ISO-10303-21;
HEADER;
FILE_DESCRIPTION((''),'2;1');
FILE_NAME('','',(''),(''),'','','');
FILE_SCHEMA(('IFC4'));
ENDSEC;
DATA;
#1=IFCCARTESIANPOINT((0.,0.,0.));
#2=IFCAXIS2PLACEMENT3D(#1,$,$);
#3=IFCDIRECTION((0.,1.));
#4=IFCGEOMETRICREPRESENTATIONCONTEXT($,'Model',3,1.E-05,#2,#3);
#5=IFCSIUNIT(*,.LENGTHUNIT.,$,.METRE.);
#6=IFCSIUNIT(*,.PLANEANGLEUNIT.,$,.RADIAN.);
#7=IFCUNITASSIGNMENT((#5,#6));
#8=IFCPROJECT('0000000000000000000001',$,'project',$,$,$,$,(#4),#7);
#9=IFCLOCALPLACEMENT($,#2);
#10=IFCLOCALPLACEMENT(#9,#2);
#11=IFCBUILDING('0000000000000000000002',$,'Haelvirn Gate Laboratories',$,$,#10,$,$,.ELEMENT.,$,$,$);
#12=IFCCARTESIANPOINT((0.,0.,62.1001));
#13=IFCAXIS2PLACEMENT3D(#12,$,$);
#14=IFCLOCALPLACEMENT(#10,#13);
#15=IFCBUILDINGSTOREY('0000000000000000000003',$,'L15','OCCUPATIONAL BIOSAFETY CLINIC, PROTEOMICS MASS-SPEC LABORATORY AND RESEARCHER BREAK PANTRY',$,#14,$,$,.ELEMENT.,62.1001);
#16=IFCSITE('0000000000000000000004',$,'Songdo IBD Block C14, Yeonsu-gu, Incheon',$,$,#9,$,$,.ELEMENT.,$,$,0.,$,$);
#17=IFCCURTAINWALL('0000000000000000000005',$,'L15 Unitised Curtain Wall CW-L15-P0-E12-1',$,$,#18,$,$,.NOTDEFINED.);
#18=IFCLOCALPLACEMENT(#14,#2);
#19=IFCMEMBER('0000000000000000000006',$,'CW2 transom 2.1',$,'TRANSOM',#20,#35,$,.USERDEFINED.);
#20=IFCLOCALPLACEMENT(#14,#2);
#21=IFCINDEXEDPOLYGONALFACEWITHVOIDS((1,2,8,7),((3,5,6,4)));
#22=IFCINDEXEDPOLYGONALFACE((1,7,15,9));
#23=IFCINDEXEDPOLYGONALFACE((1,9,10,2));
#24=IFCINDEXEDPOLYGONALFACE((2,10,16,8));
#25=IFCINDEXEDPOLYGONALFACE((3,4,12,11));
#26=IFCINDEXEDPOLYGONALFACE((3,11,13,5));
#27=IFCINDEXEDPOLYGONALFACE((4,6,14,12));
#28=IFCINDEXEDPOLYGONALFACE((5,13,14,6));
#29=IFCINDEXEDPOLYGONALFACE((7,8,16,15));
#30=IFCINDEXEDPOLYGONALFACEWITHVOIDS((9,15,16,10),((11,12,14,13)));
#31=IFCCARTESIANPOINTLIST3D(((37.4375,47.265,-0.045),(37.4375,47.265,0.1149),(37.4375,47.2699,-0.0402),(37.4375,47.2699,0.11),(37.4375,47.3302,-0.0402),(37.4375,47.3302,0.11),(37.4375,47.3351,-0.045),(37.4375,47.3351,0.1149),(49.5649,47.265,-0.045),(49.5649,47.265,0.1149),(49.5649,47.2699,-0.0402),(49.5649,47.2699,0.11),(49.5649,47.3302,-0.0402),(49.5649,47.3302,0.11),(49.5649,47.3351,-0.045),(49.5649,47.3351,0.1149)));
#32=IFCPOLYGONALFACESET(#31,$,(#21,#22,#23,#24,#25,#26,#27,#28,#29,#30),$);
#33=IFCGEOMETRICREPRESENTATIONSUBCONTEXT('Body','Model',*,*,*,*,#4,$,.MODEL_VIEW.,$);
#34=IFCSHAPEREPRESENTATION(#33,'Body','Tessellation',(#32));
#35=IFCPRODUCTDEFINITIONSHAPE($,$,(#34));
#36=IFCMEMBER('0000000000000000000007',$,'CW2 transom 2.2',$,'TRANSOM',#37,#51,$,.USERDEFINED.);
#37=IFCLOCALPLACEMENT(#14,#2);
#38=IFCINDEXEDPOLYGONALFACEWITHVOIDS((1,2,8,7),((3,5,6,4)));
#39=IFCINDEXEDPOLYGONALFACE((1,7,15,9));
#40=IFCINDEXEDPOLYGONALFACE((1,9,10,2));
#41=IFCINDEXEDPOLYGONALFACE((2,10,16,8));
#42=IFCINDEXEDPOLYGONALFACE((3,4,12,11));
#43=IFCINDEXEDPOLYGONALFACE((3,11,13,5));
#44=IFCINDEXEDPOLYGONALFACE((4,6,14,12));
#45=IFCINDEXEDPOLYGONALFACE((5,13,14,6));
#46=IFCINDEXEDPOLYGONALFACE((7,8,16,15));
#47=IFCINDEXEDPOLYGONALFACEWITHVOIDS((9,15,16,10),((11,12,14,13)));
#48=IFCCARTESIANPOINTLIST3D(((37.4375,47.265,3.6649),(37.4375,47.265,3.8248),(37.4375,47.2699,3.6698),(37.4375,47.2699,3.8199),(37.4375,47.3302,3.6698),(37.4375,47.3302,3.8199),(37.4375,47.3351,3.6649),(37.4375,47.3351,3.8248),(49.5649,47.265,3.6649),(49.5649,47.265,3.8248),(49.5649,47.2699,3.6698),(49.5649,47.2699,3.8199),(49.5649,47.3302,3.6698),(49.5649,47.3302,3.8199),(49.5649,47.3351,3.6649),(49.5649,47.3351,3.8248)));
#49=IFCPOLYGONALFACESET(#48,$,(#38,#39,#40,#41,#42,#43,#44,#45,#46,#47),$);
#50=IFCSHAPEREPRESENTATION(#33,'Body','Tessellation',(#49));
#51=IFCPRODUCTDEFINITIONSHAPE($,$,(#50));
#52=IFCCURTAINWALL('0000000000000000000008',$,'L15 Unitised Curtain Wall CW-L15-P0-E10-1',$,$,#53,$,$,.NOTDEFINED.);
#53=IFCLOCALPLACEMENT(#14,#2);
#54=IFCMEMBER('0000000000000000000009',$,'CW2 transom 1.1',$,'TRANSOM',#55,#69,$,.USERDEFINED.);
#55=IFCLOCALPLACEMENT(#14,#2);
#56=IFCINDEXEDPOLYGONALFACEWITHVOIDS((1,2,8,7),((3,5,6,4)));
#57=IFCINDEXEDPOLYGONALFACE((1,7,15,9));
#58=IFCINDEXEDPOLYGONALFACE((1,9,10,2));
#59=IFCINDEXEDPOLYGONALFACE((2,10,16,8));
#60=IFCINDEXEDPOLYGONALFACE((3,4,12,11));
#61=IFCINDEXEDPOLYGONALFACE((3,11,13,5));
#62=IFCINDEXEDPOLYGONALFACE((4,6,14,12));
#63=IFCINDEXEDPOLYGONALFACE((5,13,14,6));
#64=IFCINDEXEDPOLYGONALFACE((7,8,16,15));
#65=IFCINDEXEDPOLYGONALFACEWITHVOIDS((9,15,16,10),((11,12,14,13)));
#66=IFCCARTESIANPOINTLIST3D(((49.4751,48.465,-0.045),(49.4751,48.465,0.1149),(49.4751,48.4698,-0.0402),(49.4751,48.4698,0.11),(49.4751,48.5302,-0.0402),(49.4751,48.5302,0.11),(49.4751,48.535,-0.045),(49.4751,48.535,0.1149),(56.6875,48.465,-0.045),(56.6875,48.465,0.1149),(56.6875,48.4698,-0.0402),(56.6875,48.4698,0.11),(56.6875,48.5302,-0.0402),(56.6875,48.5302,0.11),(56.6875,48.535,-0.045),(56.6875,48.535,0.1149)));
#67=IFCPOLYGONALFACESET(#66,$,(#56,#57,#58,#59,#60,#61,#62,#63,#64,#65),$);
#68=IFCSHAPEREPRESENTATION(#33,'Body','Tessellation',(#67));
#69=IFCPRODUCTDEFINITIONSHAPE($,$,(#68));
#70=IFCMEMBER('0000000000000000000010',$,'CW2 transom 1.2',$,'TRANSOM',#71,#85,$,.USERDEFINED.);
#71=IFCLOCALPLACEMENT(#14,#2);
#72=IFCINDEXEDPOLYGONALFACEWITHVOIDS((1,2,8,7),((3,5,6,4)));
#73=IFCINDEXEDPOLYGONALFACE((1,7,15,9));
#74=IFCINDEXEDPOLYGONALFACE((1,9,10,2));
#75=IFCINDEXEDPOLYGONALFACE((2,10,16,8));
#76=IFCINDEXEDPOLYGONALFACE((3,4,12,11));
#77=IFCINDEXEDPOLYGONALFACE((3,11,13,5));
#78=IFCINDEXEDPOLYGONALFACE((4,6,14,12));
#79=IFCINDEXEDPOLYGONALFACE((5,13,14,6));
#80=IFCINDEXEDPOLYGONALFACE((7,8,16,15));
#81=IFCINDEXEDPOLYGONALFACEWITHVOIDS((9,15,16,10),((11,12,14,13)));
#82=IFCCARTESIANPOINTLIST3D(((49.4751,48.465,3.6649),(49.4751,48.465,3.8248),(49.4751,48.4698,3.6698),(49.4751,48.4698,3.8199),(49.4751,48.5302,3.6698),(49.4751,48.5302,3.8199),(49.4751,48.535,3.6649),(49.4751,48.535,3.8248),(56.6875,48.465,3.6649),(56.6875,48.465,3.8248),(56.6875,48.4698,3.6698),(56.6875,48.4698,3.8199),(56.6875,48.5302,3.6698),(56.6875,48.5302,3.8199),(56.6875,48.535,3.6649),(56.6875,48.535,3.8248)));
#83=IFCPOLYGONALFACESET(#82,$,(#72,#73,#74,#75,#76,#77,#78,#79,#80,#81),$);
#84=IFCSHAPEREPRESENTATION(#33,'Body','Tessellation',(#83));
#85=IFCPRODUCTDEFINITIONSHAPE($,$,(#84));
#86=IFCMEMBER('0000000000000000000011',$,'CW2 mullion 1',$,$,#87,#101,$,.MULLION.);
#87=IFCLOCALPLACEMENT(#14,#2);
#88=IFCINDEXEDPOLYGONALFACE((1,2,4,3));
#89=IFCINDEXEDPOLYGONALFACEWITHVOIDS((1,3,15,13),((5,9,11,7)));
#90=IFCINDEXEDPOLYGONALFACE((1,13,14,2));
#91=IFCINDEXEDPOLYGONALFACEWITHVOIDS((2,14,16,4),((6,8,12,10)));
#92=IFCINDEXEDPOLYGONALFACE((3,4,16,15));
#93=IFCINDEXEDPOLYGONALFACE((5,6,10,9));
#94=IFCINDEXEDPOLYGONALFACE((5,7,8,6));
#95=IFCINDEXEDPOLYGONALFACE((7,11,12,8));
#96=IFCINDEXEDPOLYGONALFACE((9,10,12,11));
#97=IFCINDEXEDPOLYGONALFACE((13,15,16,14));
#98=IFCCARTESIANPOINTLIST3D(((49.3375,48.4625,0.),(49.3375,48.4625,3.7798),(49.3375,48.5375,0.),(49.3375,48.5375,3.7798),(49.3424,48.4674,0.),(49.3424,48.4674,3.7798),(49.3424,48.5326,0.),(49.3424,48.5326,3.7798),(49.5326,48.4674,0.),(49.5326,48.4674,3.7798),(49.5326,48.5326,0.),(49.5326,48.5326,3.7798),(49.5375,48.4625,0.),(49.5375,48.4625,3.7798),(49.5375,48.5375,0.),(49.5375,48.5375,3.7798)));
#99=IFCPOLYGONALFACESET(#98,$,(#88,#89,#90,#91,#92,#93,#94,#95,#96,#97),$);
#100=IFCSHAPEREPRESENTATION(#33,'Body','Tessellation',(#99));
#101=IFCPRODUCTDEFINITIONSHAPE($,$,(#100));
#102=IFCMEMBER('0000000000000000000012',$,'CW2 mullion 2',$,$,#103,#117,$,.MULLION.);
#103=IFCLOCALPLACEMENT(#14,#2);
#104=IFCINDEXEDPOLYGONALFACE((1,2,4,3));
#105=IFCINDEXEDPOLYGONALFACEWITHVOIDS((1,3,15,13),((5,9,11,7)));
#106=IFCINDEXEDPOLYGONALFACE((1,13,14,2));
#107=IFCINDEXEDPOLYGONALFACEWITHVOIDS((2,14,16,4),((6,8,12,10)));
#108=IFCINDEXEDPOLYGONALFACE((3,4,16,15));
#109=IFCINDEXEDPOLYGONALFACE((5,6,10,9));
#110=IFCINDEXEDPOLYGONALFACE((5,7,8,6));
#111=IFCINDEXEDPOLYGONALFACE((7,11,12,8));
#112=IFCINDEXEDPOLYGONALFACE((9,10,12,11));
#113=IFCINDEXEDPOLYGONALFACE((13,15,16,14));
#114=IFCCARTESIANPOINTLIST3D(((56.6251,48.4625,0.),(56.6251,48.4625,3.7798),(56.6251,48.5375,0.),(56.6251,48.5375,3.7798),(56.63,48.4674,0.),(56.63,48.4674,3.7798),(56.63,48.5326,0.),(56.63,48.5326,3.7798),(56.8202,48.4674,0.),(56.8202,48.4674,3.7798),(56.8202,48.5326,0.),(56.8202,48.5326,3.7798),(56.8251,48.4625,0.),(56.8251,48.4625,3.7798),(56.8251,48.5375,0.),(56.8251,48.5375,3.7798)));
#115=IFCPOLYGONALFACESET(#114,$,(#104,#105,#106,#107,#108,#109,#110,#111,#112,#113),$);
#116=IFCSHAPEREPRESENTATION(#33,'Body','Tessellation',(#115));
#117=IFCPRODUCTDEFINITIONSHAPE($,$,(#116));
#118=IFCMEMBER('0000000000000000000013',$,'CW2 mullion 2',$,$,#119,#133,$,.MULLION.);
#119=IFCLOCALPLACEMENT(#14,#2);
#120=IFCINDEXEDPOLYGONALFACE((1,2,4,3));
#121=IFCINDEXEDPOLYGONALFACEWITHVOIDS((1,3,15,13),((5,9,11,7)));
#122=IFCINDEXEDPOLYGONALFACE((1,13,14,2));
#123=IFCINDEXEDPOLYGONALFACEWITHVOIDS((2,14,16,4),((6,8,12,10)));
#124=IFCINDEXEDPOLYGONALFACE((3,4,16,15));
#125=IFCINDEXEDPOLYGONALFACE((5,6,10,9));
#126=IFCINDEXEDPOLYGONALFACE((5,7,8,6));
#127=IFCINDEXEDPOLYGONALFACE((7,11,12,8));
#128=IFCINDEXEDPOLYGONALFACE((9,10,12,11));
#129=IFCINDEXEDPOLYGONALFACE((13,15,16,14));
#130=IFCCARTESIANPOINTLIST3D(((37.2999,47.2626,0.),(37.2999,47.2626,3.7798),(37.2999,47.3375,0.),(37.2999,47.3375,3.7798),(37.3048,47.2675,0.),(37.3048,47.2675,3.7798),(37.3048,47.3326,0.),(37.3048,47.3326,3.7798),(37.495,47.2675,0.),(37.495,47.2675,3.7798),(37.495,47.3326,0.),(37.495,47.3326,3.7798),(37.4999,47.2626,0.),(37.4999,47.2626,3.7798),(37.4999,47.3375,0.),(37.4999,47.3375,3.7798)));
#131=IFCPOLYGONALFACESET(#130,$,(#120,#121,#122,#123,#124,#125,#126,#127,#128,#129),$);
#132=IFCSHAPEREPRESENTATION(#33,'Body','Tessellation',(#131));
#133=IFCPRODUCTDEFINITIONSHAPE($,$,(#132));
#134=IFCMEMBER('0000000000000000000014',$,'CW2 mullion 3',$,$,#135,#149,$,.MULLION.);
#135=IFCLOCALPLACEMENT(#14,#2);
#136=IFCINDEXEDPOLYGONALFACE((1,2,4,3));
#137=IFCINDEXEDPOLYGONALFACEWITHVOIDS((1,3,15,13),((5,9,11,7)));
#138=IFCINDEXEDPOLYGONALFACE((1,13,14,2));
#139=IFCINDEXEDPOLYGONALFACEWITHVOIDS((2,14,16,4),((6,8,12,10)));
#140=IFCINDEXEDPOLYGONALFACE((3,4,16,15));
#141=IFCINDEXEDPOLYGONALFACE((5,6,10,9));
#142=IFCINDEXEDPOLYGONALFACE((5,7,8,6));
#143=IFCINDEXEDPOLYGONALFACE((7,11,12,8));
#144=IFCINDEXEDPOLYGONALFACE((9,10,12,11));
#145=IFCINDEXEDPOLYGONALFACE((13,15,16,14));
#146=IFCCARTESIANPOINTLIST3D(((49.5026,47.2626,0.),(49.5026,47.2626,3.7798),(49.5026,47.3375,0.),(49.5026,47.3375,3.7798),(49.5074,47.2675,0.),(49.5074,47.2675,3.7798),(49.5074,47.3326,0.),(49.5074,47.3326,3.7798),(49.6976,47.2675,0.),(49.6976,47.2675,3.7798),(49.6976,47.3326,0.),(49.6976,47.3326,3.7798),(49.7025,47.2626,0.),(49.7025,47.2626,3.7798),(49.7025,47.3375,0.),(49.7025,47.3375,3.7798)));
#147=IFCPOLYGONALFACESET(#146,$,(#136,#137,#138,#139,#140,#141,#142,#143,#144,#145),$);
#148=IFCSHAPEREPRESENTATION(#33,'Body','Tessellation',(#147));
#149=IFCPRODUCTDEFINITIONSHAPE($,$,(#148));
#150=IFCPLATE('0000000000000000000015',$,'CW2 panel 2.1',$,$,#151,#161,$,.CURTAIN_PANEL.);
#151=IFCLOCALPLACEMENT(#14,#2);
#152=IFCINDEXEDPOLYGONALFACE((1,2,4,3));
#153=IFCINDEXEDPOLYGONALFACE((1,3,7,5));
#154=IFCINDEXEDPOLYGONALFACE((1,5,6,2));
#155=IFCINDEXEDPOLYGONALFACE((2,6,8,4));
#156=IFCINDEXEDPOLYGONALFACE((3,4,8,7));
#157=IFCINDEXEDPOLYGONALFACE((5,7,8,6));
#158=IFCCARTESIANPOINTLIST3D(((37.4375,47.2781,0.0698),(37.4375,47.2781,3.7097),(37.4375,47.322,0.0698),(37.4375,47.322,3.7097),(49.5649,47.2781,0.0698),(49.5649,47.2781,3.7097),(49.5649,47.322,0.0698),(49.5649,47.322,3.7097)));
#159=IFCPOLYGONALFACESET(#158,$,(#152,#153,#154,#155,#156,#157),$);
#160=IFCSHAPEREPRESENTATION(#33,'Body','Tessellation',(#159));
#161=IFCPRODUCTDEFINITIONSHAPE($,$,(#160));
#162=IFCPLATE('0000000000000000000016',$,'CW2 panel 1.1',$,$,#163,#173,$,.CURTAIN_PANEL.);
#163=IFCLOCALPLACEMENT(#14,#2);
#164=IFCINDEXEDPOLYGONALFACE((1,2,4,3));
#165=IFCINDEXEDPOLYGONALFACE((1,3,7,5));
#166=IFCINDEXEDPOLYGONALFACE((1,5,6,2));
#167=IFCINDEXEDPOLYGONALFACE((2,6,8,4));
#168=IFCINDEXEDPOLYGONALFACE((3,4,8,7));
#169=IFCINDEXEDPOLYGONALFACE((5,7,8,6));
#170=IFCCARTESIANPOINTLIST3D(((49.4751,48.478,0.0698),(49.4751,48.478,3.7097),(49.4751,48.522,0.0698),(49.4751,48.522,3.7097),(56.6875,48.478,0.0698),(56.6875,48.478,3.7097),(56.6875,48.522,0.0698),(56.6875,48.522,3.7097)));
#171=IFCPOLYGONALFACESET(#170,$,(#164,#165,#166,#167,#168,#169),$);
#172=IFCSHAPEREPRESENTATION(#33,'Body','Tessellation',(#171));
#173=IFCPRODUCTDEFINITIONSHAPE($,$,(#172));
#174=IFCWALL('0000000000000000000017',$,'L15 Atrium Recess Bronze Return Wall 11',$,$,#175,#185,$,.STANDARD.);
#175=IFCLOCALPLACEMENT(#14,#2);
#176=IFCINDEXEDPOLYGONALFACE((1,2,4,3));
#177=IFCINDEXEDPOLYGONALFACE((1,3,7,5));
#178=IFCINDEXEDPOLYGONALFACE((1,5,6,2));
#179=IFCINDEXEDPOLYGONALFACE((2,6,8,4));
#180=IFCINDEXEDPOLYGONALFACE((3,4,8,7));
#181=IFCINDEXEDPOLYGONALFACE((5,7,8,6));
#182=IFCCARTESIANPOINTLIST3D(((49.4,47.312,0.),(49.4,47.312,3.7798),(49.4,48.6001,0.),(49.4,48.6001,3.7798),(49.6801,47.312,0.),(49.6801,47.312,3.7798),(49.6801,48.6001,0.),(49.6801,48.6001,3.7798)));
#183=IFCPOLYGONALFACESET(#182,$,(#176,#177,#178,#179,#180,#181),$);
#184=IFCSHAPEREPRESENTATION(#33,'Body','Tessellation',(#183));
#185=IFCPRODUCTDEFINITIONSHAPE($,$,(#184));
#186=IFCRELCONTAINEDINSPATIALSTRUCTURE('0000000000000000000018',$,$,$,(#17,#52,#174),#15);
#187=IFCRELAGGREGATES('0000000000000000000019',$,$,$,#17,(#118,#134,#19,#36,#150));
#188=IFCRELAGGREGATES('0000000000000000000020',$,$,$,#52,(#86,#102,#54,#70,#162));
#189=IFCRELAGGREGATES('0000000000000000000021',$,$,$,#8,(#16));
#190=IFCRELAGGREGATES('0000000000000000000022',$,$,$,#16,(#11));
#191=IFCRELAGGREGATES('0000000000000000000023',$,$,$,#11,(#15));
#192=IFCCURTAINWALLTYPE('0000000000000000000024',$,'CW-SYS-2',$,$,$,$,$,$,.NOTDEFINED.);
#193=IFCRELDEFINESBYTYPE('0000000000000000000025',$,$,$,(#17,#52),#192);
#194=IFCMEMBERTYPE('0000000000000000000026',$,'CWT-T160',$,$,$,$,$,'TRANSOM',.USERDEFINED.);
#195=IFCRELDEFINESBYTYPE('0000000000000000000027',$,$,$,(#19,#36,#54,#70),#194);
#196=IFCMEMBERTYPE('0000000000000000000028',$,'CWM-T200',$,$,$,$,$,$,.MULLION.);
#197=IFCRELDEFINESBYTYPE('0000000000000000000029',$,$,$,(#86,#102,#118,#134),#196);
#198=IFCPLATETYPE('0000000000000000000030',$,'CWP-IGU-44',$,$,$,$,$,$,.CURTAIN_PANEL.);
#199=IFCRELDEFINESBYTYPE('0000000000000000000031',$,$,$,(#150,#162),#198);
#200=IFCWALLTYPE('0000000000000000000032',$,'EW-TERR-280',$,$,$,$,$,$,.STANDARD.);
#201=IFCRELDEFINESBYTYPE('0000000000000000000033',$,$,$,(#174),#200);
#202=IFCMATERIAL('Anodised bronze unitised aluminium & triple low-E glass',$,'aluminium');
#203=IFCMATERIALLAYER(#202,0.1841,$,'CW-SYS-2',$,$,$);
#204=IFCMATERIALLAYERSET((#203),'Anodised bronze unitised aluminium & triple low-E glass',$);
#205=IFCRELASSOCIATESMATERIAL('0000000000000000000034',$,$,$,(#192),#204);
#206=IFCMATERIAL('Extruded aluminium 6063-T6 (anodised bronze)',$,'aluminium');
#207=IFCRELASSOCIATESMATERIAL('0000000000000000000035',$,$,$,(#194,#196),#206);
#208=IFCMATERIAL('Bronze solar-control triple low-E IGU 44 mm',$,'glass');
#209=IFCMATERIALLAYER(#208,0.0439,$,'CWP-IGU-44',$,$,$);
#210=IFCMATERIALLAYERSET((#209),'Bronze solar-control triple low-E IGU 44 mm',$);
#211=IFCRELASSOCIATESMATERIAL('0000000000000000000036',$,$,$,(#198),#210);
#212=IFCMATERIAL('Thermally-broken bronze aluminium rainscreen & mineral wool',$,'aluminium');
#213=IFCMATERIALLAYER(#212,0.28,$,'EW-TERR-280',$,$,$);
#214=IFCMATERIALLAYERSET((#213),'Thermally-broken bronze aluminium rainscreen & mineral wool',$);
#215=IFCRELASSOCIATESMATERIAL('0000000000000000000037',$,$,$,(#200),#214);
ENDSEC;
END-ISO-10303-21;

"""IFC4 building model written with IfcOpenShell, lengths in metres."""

from ifc_helpers import new_model, si_unit, direction, frame, frame_2d, origin, origin_2d, place, context, subcontext, project, spatial, rectangle, hollow_rectangle, extrude, source, transform, mapped, material, layer, layer_set, material_profile, profile_set, type_object, type_shapes, element, aggregate, save


model = new_model("IFC4")

# Units and contexts
model_context = context("Model", 3, precision=1e-05, world=origin(), true_north=direction((0.0, 1.0)))
body_context = subcontext(model_context, "Body", "Model", "MODEL_VIEW")
ifc_project = project(units=[si_unit("LENGTHUNIT", "METRE"), si_unit("PLANEANGLEUNIT", "RADIAN")], contexts=[model_context])

# Site, building, storey
site_placement = place(None, origin())
site = spatial("IfcSite", under=ifc_project, at=site_placement, Name="Songdo IBD Block C14, Yeonsu-gu, Incheon", CompositionType="ELEMENT", RefElevation=0.0)
building_placement = place(site_placement, origin())
building = spatial("IfcBuilding", under=site, at=building_placement, Name="Haelvirn Gate Laboratories", CompositionType="ELEMENT")
storey_placement = place(building_placement, frame((0.0, 0.0, 62.1001)))
storey = spatial("IfcBuildingStorey", under=building, at=storey_placement, Name="L15", Description="OCCUPATIONAL BIOSAFETY CLINIC, PROTEOMICS MASS-SPEC LABORATORY AND RESEARCHER BREAK PANTRY", CompositionType="ELEMENT", Elevation=62.1001)

# Curtain walls, members
ifc_material_1 = material(Name="Anodised bronze unitised aluminium & triple low-E glass", Category="aluminium")
ifc_layer_1 = layer(ifc_material_1, 0.1841, Name="CW-SYS-2")
ifc_layer_set_1 = layer_set([ifc_layer_1], Name="Anodised bronze unitised aluminium & triple low-E glass")
curtain_wall_type = type_object("IfcCurtainWallType", Name="CW-SYS-2", PredefinedType="NOTDEFINED", material=ifc_layer_set_1)
curtain_wall_1_placement = place(storey_placement, origin())
curtain_wall_1 = element("IfcCurtainWall", 1, at=curtain_wall_1_placement, inside=storey, type_object=curtain_wall_type, Name="L15 Unitised Curtain Wall CW-L15-P0-E12-1", PredefinedType="NOTDEFINED")
ifc_material_2 = material(Name="Extruded aluminium 6063-T6 (anodised bronze)", Category="aluminium")
ifc_material_profile_1 = material_profile(ifc_material_2, hollow_rectangle(XDim=0.0701, YDim=0.1599, WallThickness=0.0049, at=origin_2d()), Name="CWT-160x70x5")
ifc_profile_set_1 = profile_set([ifc_material_profile_1], Name="Extruded aluminium 6063-T6 (anodised bronze)")
member_type_1 = type_object("IfcMemberType", Name="CWT-T160", ElementType="TRANSOM", PredefinedType="USERDEFINED", material=ifc_profile_set_1)
shared_shape_1 = source(origin(), body_context, "Body", "SweptSolid", [
    extrude(hollow_rectangle(XDim=0.0701, YDim=0.1599, WallThickness=0.0049, at=origin_2d()), origin(), (0.0, 0.0, 1.0), 12.1274),
])
member_1_placement = place(storey_placement, frame((37.4375, 47.3, 0.0349), z_axis=(1.0, 0.0, 0.0), x_axis=(0.0, 1.0, 0.0)))
member_1 = element("IfcMember", 2, at=member_1_placement, type_object=member_type_1, Name="CW2 transom 2.1", ObjectType="TRANSOM", PredefinedType="USERDEFINED", context=body_context, shape_type="MappedRepresentation", body=[
    mapped(shared_shape_1, transform((0.0, 0.0, 0.0), scale=1.0)),
])
member_2_placement = place(storey_placement, frame((37.4375, 47.3, 3.7449), z_axis=(1.0, 0.0, 0.0), x_axis=(0.0, 1.0, 0.0)))
member_2 = element("IfcMember", 3, at=member_2_placement, type_object=member_type_1, Name="CW2 transom 2.2", ObjectType="TRANSOM", PredefinedType="USERDEFINED", context=body_context, shape_type="MappedRepresentation", body=[
    mapped(shared_shape_1, transform((0.0, 0.0, 0.0), scale=1.0)),
])
curtain_wall_2_placement = place(storey_placement, origin())
curtain_wall_2 = element("IfcCurtainWall", 4, at=curtain_wall_2_placement, inside=storey, type_object=curtain_wall_type, Name="L15 Unitised Curtain Wall CW-L15-P0-E10-1", PredefinedType="NOTDEFINED")
shared_shape_2 = source(origin(), body_context, "Body", "SweptSolid", [
    extrude(hollow_rectangle(XDim=0.0701, YDim=0.1599, WallThickness=0.0049, at=origin_2d()), origin(), (0.0, 0.0, 1.0), 7.2124),
])
type_shapes(member_type_1, [shared_shape_1, shared_shape_2])
member_3_placement = place(storey_placement, frame((49.4751, 48.5, 0.0349), z_axis=(1.0, 0.0, 0.0), x_axis=(0.0, 1.0, 0.0)))
member_3 = element("IfcMember", 5, at=member_3_placement, type_object=member_type_1, Name="CW2 transom 1.1", ObjectType="TRANSOM", PredefinedType="USERDEFINED", context=body_context, shape_type="MappedRepresentation", body=[
    mapped(shared_shape_2, transform((0.0, 0.0, 0.0), scale=1.0)),
])
member_4_placement = place(storey_placement, frame((49.4751, 48.5, 3.7449), z_axis=(1.0, 0.0, 0.0), x_axis=(0.0, 1.0, 0.0)))
member_4 = element("IfcMember", 6, at=member_4_placement, type_object=member_type_1, Name="CW2 transom 1.2", ObjectType="TRANSOM", PredefinedType="USERDEFINED", context=body_context, shape_type="MappedRepresentation", body=[
    mapped(shared_shape_2, transform((0.0, 0.0, 0.0), scale=1.0)),
])
ifc_material_profile_2 = material_profile(ifc_material_2, hollow_rectangle(XDim=0.075, YDim=0.2, WallThickness=0.0049, at=origin_2d()), Name="CWM-200x75x5")
ifc_profile_set_2 = profile_set([ifc_material_profile_2], Name="Extruded aluminium 6063-T6 (anodised bronze)")
member_type_2 = type_object("IfcMemberType", Name="CWM-T200", PredefinedType="MULLION", material=ifc_profile_set_2)
shared_shape_3 = source(origin(), body_context, "Body", "SweptSolid", [
    extrude(hollow_rectangle(XDim=0.075, YDim=0.2, WallThickness=0.0049, at=origin_2d()), origin(), (0.0, 0.0, 1.0), 3.7798),
])
type_shapes(member_type_2, [shared_shape_3])
member_5_placement = place(storey_placement, frame((49.4375, 48.5, 0.0), z_axis=(0.0, 0.0, 1.0), x_axis=(0.0, 1.0, 0.0)))
member_5 = element("IfcMember", 7, at=member_5_placement, type_object=member_type_2, Name="CW2 mullion 1", PredefinedType="MULLION", context=body_context, shape_type="MappedRepresentation", body=[
    mapped(shared_shape_3, transform((0.0, 0.0, 0.0), scale=1.0)),
])
member_6_placement = place(storey_placement, frame((56.7251, 48.5, 0.0), z_axis=(0.0, 0.0, 1.0), x_axis=(0.0, 1.0, 0.0)))
member_6 = element("IfcMember", 8, at=member_6_placement, type_object=member_type_2, Name="CW2 mullion 2", PredefinedType="MULLION", context=body_context, shape_type="MappedRepresentation", body=[
    mapped(shared_shape_3, transform((0.0, 0.0, 0.0), scale=1.0)),
])

# Members
member_7_placement = place(storey_placement, frame((37.3999, 47.3, 0.0), z_axis=(0.0, 0.0, 1.0), x_axis=(0.0, 1.0, 0.0)))
member_7 = element("IfcMember", 9, at=member_7_placement, type_object=member_type_2, Name="CW2 mullion 2", PredefinedType="MULLION", context=body_context, shape_type="MappedRepresentation", body=[
    mapped(shared_shape_3, transform((0.0, 0.0, 0.0), scale=1.0)),
])
member_8_placement = place(storey_placement, frame((49.6025, 47.3, 0.0), z_axis=(0.0, 0.0, 1.0), x_axis=(0.0, 1.0, 0.0)))
member_8 = element("IfcMember", 10, at=member_8_placement, type_object=member_type_2, Name="CW2 mullion 3", PredefinedType="MULLION", context=body_context, shape_type="MappedRepresentation", body=[
    mapped(shared_shape_3, transform((0.0, 0.0, 0.0), scale=1.0)),
])

# Plates
ifc_material_3 = material(Name="Bronze solar-control triple low-E IGU 44 mm", Category="glass")
ifc_layer_2 = layer(ifc_material_3, 0.0439, Name="CWP-IGU-44")
ifc_layer_set_2 = layer_set([ifc_layer_2], Name="Bronze solar-control triple low-E IGU 44 mm")
plate_type = type_object("IfcPlateType", Name="CWP-IGU-44", PredefinedType="CURTAIN_PANEL", material=ifc_layer_set_2)
shared_shape_4 = source(origin(), body_context, "Body", "SweptSolid", [
    extrude(rectangle(XDim=12.1274, YDim=0.0439, at=origin_2d()), origin(), (0.0, 0.0, 1.0), 3.6399),
])
plate_1_placement = place(storey_placement, frame((43.5012, 47.3, 0.0698), z_axis=(0.0, 0.0, 1.0), x_axis=(1.0, 0.0, 0.0)))
plate_1 = element("IfcPlate", 11, at=plate_1_placement, type_object=plate_type, Name="CW2 panel 2.1", PredefinedType="CURTAIN_PANEL", context=body_context, shape_type="MappedRepresentation", body=[
    mapped(shared_shape_4, transform((0.0, 0.0, 0.0), scale=1.0)),
])
aggregate(curtain_wall_1, [member_7, member_8, member_1, member_2, plate_1])
shared_shape_5 = source(origin(), body_context, "Body", "SweptSolid", [
    extrude(rectangle(XDim=7.2124, YDim=0.0439, at=origin_2d()), origin(), (0.0, 0.0, 1.0), 3.6399),
])
type_shapes(plate_type, [shared_shape_4, shared_shape_5])
plate_2_placement = place(storey_placement, frame((53.0813, 48.5, 0.0698), z_axis=(0.0, 0.0, 1.0), x_axis=(1.0, 0.0, 0.0)))
plate_2 = element("IfcPlate", 12, at=plate_2_placement, type_object=plate_type, Name="CW2 panel 1.1", PredefinedType="CURTAIN_PANEL", context=body_context, shape_type="MappedRepresentation", body=[
    mapped(shared_shape_5, transform((0.0, 0.0, 0.0), scale=1.0)),
])
aggregate(curtain_wall_2, [member_5, member_6, member_3, member_4, plate_2])

# Wall
ifc_material_4 = material(Name="Thermally-broken bronze aluminium rainscreen & mineral wool", Category="aluminium")
ifc_layer_3 = layer(ifc_material_4, 0.28, Name="EW-TERR-280")
ifc_layer_set_3 = layer_set([ifc_layer_3], Name="Thermally-broken bronze aluminium rainscreen & mineral wool")
wall_type_1 = type_object("IfcWallType", Name="EW-TERR-280", PredefinedType="STANDARD", material=ifc_layer_set_3)
wall_1_placement = place(storey_placement, frame((49.54, 48.6001, 0.0), z_axis=(0.0, 0.0, 1.0), x_axis=(0.0, -1.0, 0.0)))
element("IfcWall", 13, at=wall_1_placement, inside=storey, type_object=wall_type_1, Name="L15 Atrium Recess Bronze Return Wall 11", PredefinedType="STANDARD", context=body_context, shape_type="SweptSolid", body=[
    extrude(rectangle(XDim=1.2881, YDim=0.28, at=frame_2d((0.644, 0.0))), origin(), (0.0, 0.0, 1.0), 3.7798),
])

save(model, "model.ifc")
